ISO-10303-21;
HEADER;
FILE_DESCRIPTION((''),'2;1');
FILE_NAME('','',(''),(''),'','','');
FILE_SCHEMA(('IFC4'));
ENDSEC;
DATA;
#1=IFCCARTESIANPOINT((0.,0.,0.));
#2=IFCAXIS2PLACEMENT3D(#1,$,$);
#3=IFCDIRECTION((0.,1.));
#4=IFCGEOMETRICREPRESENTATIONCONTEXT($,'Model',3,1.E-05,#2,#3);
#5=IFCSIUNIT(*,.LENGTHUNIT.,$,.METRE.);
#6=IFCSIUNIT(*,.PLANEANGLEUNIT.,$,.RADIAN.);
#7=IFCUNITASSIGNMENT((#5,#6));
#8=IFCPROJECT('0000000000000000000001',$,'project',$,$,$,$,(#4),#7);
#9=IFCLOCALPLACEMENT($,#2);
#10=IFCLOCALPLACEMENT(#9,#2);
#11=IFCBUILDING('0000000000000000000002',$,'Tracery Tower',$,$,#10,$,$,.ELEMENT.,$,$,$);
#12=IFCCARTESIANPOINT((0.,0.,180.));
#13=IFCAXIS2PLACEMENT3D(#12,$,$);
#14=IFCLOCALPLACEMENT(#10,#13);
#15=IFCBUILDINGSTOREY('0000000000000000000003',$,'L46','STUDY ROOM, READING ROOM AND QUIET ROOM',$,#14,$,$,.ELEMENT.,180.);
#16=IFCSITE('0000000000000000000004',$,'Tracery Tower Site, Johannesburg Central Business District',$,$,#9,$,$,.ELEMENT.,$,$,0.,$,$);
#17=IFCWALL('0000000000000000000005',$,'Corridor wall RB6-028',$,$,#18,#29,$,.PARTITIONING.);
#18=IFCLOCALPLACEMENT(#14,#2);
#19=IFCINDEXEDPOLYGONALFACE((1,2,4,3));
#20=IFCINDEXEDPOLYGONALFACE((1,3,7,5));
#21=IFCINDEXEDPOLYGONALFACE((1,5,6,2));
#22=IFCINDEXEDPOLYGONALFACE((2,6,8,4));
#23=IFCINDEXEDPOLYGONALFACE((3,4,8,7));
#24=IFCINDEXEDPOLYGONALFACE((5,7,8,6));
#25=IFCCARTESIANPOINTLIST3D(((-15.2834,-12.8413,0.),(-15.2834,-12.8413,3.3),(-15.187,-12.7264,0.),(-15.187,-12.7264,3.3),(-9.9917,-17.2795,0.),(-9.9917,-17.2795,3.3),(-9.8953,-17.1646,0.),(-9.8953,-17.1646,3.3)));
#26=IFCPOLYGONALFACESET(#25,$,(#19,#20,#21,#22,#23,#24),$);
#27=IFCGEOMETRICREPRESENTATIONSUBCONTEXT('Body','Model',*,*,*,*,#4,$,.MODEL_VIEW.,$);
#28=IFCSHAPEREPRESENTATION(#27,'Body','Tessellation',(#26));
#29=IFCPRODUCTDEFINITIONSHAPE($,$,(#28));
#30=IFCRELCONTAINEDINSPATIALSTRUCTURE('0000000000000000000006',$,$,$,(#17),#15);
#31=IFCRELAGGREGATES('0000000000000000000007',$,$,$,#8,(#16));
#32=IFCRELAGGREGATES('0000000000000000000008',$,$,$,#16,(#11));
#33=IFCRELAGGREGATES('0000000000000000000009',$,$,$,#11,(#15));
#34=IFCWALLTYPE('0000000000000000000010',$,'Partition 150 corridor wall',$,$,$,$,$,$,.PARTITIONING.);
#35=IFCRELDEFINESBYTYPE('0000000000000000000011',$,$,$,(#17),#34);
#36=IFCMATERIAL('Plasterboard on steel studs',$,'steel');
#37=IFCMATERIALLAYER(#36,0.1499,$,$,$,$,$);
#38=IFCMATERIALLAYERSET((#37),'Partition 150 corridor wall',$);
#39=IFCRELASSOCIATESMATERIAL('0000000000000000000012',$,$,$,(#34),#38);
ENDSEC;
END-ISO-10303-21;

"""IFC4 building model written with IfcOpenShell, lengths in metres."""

from ifc_helpers import new_model, si_unit, direction, frame, frame_2d, origin, place, context, subcontext, project, spatial, rectangle, extrude, material, layer, layer_set, type_object, element, save


model = new_model("IFC4")

# Units and contexts
model_context = context("Model", 3, precision=1e-05, world=origin(), true_north=direction((0.0, 1.0)))
body_context = subcontext(model_context, "Body", "Model", "MODEL_VIEW")
ifc_project = project(units=[si_unit("LENGTHUNIT", "METRE"), si_unit("PLANEANGLEUNIT", "RADIAN")], contexts=[model_context])

# Site, building, storey
site_placement = place(None, origin())
site = spatial("IfcSite", under=ifc_project, at=site_placement, Name="Tracery Tower Site, Johannesburg Central Business District", CompositionType="ELEMENT", RefElevation=0.0)
building_placement = place(site_placement, origin())
building = spatial("IfcBuilding", under=site, at=building_placement, Name="Tracery Tower", CompositionType="ELEMENT")
storey_placement = place(building_placement, frame((0.0, 0.0, 180.0)))
storey = spatial("IfcBuildingStorey", under=building, at=storey_placement, Name="L46", Description="STUDY ROOM, READING ROOM AND QUIET ROOM", CompositionType="ELEMENT", Elevation=180.0)

# Wall
ifc_material_1 = material(Name="Plasterboard on steel studs", Category="steel")
ifc_layer_1 = layer(ifc_material_1, 0.1499)
ifc_layer_set_1 = layer_set([ifc_layer_1], Name="Partition 150 corridor wall")
wall_type_1 = type_object("IfcWallType", Name="Partition 150 corridor wall", PredefinedType="PARTITIONING", material=ifc_layer_set_1)
wall_1_placement = place(storey_placement, frame((-15.2351, -12.7839, 0.0), z_axis=(0.0, 0.0, 1.0), x_axis=(0.766192, -0.642612, 0.0)))
element("IfcWall", 1, at=wall_1_placement, inside=storey, type_object=wall_type_1, Name="Corridor wall RB6-028", PredefinedType="PARTITIONING", context=body_context, shape_type="SweptSolid", body=[
    extrude(rectangle(XDim=6.9065, YDim=0.1499, at=frame_2d((3.4531, 0.0))), origin(), (0.0, 0.0, 1.0), 3.3),
])

save(model, "model.ifc")
